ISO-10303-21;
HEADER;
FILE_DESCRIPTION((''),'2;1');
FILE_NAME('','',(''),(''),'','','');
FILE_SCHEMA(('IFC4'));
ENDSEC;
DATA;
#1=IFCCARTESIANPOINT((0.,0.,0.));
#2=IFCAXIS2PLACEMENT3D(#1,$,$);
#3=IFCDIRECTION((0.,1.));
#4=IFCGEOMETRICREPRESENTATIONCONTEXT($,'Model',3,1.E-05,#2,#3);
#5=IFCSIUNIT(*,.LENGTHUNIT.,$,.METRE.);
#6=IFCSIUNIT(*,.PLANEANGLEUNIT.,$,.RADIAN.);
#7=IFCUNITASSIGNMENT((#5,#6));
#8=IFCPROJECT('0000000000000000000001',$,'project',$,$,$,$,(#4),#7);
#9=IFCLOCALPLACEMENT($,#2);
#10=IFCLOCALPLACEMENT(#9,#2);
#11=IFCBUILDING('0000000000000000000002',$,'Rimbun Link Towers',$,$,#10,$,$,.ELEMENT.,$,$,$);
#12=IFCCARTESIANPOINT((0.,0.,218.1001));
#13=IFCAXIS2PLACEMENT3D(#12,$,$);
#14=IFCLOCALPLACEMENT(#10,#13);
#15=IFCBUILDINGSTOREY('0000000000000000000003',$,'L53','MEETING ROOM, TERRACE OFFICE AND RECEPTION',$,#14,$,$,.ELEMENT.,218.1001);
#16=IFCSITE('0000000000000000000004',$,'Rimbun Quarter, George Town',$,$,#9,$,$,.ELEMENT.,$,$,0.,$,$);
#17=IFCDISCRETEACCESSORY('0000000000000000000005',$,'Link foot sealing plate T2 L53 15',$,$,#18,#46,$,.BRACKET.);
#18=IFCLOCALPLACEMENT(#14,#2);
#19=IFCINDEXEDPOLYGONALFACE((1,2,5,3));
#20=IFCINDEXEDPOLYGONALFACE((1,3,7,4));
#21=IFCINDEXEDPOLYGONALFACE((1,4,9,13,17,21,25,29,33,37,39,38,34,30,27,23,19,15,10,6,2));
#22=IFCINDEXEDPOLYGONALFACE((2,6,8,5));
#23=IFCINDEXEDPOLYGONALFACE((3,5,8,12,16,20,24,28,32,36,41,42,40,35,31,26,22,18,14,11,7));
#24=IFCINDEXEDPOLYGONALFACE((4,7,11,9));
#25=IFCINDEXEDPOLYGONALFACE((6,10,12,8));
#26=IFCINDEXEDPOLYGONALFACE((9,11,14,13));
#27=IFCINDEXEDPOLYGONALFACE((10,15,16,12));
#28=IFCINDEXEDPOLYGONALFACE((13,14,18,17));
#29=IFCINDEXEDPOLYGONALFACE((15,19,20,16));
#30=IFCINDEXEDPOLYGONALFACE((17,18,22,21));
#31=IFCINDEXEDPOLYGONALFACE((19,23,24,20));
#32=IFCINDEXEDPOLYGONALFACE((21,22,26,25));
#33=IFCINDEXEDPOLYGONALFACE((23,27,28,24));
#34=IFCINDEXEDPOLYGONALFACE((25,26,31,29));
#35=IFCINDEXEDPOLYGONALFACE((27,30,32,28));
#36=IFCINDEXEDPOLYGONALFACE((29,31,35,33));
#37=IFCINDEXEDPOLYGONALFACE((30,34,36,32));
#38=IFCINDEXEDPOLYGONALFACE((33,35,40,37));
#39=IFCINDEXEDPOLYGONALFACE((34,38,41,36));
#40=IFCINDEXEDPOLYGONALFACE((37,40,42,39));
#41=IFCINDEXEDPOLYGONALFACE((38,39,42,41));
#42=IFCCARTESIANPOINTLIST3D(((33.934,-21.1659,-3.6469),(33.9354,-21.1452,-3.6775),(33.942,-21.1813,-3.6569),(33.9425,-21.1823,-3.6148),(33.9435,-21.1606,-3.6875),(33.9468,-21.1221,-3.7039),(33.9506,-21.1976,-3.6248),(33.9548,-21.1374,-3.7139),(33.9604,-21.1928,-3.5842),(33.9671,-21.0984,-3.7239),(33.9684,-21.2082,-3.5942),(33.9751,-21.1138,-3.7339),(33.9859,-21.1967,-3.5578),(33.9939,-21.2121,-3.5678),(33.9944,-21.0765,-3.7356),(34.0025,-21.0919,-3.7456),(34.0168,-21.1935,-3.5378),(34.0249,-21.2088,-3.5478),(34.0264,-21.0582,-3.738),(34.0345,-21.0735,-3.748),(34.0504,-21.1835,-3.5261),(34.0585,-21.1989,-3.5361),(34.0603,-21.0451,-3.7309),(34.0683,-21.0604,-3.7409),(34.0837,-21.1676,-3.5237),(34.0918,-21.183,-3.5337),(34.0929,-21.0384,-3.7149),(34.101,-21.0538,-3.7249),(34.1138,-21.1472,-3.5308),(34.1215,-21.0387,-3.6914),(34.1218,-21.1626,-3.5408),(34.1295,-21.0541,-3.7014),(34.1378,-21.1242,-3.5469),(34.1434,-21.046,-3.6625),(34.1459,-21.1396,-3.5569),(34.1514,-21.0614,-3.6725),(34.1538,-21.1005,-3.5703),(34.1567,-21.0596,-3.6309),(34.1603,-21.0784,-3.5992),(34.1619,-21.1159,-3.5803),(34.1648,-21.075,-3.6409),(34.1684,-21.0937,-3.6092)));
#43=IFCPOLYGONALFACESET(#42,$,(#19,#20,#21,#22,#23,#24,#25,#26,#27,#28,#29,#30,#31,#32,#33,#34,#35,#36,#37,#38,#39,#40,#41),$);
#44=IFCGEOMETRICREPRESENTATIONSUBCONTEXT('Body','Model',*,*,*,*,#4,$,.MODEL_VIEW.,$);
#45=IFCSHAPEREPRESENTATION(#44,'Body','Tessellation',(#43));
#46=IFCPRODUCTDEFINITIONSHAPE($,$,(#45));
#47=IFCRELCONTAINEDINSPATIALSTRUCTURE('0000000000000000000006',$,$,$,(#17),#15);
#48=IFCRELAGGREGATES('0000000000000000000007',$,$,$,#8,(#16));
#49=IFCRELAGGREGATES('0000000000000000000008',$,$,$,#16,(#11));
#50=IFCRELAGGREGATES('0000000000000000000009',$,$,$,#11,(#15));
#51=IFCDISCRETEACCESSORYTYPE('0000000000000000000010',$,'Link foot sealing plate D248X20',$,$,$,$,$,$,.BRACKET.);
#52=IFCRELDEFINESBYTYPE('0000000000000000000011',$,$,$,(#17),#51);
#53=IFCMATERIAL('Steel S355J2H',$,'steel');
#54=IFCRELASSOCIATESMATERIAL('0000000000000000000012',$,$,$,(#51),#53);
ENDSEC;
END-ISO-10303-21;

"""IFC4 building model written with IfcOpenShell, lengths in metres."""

from ifc_helpers import new_model, si_unit, direction, frame, origin, origin_2d, place, context, subcontext, project, spatial, circle, extrude, material, material_profile, profile_set, type_object, element, save


model = new_model("IFC4")

# Units and contexts
model_context = context("Model", 3, precision=1e-05, world=origin(), true_north=direction((0.0, 1.0)))
body_context = subcontext(model_context, "Body", "Model", "MODEL_VIEW")
ifc_project = project(units=[si_unit("LENGTHUNIT", "METRE"), si_unit("PLANEANGLEUNIT", "RADIAN")], contexts=[model_context])

# Site, building, storey
site_placement = place(None, origin())
site = spatial("IfcSite", under=ifc_project, at=site_placement, Name="Rimbun Quarter, George Town", CompositionType="ELEMENT", RefElevation=0.0)
building_placement = place(site_placement, origin())
building = spatial("IfcBuilding", under=site, at=building_placement, Name="Rimbun Link Towers", CompositionType="ELEMENT")
storey_placement = place(building_placement, frame((0.0, 0.0, 218.1001)))
storey = spatial("IfcBuildingStorey", under=building, at=storey_placement, Name="L53", Description="MEETING ROOM, TERRACE OFFICE AND RECEPTION", CompositionType="ELEMENT", Elevation=218.1001)

# Discrete accessory
ifc_material_1 = material(Name="Steel S355J2H", Category="steel")
ifc_material_profile_1 = material_profile(ifc_material_1, circle(Radius=0.124, at=origin_2d()), Name="PL D248")
ifc_profile_set_1 = profile_set([ifc_material_profile_1], Name="Steel S355J2H")
discrete_accessory_type = type_object("IfcDiscreteAccessoryType", Name="Link foot sealing plate D248X20", PredefinedType="BRACKET", material=ifc_profile_set_1)
discrete_accessory_placement = place(storey_placement, frame((34.0469, -21.1172, -3.6309), z_axis=(0.401991, -0.767437, -0.499443), x_axis=(0.885832, 0.464007, 0.0)))
element("IfcDiscreteAccessory", 1, at=discrete_accessory_placement, inside=storey, type_object=discrete_accessory_type, Name="Link foot sealing plate T2 L53 15", PredefinedType="BRACKET", context=body_context, shape_type="SweptSolid", body=[
    extrude(circle(Radius=0.124, at=origin_2d()), origin(), (0.0, 0.0, 1.0), 0.02),
])

save(model, "model.ifc")
